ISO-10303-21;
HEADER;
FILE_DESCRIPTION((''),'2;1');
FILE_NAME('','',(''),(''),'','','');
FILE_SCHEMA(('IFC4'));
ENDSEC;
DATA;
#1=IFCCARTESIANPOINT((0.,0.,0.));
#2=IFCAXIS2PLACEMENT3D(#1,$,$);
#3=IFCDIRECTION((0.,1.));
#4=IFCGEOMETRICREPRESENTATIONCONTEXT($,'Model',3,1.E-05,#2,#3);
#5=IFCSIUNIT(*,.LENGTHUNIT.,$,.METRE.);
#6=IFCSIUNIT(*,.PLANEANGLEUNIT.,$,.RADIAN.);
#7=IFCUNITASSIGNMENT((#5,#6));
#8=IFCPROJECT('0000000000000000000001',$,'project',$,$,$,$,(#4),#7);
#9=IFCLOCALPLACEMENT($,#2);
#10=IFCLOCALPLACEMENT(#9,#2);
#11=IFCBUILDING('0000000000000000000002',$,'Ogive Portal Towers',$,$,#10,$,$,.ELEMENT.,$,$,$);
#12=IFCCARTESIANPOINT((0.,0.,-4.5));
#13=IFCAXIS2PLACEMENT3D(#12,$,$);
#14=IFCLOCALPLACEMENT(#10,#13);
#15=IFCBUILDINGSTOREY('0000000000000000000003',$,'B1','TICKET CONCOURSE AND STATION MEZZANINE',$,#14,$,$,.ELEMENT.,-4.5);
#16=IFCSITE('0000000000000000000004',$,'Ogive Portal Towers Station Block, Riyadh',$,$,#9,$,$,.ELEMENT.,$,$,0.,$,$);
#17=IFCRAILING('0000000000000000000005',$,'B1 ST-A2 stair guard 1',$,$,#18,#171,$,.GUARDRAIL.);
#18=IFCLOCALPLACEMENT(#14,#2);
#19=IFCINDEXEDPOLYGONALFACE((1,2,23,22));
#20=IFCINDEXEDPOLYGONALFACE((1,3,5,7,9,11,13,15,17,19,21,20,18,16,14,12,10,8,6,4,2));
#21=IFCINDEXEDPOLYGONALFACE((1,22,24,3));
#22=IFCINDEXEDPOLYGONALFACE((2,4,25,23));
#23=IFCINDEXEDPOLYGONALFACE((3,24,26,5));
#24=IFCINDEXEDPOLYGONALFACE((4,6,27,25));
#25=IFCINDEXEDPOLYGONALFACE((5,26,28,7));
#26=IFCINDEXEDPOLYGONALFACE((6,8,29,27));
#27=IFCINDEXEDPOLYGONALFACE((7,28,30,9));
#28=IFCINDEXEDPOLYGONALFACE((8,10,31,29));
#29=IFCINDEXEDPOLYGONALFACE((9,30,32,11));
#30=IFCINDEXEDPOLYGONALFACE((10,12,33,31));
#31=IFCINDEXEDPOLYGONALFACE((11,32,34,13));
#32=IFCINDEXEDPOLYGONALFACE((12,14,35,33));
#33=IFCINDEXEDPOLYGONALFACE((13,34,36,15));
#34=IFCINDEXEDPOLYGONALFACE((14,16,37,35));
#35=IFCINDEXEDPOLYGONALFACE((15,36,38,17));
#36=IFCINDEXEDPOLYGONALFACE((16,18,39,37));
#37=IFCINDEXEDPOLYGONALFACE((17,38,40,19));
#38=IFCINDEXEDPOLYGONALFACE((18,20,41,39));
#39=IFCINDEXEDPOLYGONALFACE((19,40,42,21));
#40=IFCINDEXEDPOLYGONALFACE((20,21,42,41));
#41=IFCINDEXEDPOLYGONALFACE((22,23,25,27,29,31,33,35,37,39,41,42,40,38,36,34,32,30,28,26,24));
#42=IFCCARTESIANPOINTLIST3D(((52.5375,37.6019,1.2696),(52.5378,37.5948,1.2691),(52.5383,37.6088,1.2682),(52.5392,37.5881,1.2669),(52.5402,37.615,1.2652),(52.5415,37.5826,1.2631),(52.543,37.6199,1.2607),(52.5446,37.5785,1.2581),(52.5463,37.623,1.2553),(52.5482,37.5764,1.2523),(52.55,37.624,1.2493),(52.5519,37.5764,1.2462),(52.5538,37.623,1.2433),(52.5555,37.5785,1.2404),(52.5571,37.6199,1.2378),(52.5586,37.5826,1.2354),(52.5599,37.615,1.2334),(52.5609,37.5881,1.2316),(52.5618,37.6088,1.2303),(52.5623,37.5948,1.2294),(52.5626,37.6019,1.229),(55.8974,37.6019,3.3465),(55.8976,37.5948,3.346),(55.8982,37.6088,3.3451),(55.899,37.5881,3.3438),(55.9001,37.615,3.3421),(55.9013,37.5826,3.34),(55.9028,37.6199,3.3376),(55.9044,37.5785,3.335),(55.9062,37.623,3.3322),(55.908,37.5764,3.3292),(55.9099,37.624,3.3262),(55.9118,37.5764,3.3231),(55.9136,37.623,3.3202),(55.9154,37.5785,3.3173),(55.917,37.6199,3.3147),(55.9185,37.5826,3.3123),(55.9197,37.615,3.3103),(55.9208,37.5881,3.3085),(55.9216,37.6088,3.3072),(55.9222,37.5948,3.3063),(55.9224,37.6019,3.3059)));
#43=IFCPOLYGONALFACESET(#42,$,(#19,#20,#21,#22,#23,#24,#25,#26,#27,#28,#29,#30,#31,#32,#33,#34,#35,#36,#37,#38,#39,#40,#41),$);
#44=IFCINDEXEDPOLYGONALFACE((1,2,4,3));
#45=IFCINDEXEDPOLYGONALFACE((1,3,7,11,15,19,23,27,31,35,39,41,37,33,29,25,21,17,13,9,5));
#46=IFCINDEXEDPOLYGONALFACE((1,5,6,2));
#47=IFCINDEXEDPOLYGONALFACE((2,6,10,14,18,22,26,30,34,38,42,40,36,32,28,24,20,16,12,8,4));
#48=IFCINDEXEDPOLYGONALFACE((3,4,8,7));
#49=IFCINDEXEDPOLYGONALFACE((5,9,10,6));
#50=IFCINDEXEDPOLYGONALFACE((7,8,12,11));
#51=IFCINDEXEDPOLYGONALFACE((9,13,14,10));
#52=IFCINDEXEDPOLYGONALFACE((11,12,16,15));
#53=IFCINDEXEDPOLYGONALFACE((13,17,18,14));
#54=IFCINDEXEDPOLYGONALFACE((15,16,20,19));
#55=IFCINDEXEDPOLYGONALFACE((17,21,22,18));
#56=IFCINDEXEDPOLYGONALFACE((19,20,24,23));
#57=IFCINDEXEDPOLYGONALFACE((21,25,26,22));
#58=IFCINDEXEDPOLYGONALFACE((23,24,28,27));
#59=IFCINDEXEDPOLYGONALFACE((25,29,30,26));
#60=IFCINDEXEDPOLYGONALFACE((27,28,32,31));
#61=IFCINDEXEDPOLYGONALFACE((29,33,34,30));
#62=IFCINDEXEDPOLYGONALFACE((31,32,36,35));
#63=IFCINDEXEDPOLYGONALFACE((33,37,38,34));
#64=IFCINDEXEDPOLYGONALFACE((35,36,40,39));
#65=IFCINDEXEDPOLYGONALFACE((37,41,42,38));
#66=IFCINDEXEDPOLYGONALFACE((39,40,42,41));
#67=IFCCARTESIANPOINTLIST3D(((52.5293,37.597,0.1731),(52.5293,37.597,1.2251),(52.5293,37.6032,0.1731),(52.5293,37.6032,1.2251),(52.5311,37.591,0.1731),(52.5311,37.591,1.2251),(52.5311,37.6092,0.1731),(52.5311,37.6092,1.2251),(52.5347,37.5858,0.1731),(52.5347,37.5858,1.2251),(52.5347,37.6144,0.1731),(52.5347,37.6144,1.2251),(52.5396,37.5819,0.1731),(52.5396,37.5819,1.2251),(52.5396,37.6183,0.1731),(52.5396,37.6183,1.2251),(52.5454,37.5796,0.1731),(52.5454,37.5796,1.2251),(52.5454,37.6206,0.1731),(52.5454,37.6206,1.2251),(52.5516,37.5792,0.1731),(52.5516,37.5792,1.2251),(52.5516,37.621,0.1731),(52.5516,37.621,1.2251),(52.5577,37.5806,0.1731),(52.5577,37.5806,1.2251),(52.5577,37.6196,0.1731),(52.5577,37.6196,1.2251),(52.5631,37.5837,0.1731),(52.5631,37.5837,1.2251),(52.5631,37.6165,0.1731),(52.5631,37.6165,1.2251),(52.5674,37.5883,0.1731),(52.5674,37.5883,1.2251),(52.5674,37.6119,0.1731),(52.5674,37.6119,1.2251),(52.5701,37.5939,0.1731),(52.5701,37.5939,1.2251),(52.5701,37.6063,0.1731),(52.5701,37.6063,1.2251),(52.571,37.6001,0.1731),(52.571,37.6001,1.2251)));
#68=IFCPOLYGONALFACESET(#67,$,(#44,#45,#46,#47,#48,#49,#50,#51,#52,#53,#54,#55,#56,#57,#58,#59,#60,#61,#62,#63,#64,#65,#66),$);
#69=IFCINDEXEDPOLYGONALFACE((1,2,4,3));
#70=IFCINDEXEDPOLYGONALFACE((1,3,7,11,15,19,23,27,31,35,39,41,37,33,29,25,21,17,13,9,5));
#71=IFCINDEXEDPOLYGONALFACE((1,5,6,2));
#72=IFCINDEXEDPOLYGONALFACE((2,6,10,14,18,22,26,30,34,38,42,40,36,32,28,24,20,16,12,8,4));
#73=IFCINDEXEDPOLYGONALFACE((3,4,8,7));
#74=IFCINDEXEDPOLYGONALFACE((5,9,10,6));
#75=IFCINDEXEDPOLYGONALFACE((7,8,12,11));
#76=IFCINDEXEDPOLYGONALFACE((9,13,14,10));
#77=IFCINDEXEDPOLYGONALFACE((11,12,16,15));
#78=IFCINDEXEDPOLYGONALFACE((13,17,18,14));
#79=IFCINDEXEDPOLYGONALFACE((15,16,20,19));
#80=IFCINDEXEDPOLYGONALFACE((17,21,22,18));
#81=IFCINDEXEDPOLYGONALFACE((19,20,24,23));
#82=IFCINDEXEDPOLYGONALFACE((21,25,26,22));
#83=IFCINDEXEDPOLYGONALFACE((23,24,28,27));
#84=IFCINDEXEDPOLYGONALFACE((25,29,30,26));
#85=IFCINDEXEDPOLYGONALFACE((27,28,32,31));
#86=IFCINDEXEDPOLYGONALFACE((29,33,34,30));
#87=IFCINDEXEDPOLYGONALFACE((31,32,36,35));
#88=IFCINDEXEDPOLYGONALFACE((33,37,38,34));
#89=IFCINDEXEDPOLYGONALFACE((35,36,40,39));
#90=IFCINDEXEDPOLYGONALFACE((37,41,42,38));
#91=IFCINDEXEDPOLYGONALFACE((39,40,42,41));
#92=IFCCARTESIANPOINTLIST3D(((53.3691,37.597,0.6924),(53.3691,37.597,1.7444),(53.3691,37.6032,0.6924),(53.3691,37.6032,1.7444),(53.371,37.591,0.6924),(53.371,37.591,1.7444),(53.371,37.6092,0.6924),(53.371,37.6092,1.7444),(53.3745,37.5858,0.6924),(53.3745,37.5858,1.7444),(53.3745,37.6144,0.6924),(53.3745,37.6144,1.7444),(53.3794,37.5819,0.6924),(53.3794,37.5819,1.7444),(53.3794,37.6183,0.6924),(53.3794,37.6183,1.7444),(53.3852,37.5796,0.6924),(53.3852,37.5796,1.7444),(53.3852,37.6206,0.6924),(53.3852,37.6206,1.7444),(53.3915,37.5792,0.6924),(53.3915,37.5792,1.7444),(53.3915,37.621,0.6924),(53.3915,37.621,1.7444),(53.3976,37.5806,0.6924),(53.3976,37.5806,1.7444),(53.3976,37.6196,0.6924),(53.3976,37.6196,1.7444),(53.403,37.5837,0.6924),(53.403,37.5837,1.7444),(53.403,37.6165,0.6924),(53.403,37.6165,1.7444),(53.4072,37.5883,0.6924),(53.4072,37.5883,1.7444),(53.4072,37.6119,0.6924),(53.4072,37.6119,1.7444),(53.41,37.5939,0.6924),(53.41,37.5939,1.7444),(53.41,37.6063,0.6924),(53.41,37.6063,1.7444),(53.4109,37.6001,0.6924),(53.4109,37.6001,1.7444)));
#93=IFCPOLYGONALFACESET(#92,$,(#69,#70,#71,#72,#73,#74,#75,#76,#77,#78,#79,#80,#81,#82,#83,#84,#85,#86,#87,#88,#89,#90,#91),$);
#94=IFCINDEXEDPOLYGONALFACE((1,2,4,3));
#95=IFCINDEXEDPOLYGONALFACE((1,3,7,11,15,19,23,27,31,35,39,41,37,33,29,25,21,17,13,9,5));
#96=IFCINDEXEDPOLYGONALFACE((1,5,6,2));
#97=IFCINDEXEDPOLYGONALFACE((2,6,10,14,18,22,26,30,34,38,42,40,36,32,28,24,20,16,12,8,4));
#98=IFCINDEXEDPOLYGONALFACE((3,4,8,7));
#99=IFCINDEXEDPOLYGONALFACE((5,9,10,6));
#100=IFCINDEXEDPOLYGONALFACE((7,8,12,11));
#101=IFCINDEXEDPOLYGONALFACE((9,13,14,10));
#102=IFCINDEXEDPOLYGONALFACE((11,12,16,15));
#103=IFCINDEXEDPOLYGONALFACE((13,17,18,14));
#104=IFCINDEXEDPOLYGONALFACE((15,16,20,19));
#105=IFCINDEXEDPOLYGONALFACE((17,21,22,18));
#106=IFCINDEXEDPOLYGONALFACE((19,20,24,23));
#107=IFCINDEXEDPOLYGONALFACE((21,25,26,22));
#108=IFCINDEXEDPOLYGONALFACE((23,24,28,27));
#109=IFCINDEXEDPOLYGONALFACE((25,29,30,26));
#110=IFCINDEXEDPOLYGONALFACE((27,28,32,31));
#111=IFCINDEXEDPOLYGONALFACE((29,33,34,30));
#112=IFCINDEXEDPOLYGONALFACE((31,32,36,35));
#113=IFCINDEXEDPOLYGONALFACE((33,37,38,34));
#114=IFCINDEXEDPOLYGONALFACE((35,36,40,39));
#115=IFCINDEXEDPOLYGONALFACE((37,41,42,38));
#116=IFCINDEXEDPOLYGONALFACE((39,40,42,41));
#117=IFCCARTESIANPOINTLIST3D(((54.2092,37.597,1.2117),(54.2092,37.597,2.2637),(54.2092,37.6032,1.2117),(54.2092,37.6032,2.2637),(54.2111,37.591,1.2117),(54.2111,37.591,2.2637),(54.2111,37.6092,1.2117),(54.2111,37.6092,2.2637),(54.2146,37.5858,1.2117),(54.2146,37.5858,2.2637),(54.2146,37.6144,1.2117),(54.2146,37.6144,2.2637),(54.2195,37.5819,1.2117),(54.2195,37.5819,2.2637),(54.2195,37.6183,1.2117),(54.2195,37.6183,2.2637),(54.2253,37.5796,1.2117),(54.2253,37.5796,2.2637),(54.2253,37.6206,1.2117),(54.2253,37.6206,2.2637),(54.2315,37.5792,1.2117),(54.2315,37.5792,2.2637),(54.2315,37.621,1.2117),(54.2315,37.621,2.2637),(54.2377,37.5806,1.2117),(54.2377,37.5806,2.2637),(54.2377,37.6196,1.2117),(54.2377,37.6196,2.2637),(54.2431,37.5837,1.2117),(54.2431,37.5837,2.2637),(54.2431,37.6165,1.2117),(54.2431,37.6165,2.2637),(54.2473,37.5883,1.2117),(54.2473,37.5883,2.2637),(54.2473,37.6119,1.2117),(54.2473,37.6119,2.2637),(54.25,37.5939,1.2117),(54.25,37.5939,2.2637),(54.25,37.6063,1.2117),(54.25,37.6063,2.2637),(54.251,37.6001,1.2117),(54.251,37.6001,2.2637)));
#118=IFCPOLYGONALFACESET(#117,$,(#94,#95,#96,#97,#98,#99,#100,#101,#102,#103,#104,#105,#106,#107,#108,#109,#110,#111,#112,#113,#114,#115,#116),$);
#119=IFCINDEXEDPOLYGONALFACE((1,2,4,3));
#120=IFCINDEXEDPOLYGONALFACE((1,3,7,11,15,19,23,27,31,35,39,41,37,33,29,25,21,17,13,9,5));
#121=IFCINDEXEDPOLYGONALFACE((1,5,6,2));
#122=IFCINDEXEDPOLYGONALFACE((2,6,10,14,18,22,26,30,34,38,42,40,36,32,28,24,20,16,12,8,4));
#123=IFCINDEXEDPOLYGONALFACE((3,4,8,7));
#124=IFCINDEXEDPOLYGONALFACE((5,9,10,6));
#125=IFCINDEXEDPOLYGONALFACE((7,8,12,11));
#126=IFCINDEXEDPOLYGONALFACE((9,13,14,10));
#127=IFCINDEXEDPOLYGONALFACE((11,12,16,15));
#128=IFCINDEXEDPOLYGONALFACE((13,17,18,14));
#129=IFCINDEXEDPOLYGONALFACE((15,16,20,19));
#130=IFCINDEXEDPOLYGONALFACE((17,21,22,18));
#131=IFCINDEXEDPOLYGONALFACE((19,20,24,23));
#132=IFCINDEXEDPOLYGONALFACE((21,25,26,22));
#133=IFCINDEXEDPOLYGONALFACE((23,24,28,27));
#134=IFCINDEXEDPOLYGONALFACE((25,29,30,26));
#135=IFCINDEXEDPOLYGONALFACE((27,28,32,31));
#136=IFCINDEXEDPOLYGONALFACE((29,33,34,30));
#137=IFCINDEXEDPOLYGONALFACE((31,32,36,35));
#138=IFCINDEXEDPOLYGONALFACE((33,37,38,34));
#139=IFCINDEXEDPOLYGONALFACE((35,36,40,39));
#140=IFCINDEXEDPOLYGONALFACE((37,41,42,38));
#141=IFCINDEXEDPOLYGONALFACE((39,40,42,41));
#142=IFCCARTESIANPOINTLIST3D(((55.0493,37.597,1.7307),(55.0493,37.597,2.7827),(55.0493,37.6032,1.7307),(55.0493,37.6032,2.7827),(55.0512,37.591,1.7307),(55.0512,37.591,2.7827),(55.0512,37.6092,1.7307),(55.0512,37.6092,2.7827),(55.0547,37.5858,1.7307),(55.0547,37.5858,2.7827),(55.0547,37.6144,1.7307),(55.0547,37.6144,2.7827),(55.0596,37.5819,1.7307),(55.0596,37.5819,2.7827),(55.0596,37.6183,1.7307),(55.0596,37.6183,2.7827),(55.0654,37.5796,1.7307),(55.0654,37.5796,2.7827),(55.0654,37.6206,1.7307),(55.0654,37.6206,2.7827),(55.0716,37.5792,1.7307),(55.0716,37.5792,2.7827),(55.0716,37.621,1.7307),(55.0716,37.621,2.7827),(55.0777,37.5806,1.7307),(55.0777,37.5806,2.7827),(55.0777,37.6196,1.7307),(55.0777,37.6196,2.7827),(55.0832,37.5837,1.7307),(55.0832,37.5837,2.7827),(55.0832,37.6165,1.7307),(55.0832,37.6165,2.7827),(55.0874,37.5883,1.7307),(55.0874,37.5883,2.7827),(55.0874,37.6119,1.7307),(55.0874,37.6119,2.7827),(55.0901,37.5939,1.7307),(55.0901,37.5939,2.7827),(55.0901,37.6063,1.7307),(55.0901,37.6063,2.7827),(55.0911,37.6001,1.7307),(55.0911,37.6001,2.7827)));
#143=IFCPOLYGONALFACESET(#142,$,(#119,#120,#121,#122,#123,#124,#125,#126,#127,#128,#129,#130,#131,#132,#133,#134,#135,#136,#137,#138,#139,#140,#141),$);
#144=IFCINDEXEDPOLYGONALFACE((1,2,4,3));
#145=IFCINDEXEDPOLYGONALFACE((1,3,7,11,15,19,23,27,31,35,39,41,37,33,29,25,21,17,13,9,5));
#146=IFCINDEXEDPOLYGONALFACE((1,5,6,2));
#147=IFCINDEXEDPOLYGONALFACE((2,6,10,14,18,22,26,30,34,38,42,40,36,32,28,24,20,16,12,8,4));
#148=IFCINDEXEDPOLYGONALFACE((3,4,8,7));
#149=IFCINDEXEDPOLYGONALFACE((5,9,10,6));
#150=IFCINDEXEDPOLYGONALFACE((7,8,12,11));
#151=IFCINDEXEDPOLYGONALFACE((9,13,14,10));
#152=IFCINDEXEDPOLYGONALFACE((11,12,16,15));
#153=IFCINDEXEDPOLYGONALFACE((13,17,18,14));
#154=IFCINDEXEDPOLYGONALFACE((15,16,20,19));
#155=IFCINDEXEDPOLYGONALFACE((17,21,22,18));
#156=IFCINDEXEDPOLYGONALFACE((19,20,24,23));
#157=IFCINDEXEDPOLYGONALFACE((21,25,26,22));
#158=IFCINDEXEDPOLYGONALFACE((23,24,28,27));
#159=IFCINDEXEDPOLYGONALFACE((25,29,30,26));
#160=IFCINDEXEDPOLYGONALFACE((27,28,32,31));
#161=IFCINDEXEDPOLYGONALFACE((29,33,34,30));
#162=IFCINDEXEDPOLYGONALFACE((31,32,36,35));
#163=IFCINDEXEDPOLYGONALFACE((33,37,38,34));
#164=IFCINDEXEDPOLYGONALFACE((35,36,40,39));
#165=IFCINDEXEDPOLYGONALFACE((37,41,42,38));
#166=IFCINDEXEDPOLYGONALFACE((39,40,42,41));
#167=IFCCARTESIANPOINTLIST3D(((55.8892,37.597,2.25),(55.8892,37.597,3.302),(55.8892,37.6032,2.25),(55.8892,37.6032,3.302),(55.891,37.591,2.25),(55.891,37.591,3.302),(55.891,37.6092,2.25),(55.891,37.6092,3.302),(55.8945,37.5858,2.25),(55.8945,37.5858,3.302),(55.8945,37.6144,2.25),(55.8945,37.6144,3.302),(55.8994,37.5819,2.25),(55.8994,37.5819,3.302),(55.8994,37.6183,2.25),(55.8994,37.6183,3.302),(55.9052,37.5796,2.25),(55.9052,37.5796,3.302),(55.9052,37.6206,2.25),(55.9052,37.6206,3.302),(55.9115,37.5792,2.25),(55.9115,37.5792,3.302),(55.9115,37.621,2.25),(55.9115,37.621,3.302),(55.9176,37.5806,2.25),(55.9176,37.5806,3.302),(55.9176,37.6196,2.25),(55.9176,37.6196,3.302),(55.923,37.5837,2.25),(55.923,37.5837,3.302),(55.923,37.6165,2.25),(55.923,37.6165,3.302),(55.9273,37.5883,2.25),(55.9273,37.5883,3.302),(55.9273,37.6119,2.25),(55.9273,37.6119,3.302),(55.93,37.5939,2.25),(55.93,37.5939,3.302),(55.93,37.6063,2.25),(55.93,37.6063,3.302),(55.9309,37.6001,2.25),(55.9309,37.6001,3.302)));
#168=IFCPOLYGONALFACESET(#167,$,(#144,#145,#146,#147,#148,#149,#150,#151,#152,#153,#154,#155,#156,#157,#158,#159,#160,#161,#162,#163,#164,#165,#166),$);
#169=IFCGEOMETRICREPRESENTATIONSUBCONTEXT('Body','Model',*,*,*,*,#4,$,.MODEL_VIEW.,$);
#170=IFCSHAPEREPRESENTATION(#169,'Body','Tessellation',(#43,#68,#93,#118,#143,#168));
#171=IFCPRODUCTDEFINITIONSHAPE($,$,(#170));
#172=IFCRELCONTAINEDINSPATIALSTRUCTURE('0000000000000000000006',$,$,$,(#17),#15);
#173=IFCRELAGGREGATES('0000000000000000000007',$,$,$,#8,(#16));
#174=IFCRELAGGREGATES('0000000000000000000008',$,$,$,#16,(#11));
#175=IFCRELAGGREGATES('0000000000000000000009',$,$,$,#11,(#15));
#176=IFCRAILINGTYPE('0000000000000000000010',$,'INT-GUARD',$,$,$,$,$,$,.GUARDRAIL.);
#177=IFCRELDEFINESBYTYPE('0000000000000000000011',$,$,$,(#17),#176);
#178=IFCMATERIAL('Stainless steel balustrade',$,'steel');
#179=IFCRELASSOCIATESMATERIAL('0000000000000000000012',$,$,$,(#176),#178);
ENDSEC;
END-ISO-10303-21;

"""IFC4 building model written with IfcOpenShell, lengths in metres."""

from ifc_helpers import new_model, si_unit, direction, frame, origin, origin_2d, place, context, subcontext, project, spatial, circle, extrude, material, type_object, element, save


model = new_model("IFC4")

# Units and contexts
model_context = context("Model", 3, precision=1e-05, world=origin(), true_north=direction((0.0, 1.0)))
body_context = subcontext(model_context, "Body", "Model", "MODEL_VIEW")
ifc_project = project(units=[si_unit("LENGTHUNIT", "METRE"), si_unit("PLANEANGLEUNIT", "RADIAN")], contexts=[model_context])

# Site, building, storey
site_placement = place(None, origin())
site = spatial("IfcSite", under=ifc_project, at=site_placement, Name="Ogive Portal Towers Station Block, Riyadh", CompositionType="ELEMENT", RefElevation=0.0)
building_placement = place(site_placement, origin())
building = spatial("IfcBuilding", under=site, at=building_placement, Name="Ogive Portal Towers", CompositionType="ELEMENT")
storey_placement = place(building_placement, frame((0.0, 0.0, -4.5)))
storey = spatial("IfcBuildingStorey", under=building, at=storey_placement, Name="B1", Description="TICKET CONCOURSE AND STATION MEZZANINE", CompositionType="ELEMENT", Elevation=-4.5)

# Railing
ifc_material_1 = material(Name="Stainless steel balustrade", Category="steel")
railing_type_1 = type_object("IfcRailingType", Name="INT-GUARD", PredefinedType="GUARDRAIL", material=ifc_material_1)
railing_1_placement = place(storey_placement, frame((52.55, 37.6001, 0.1731)))
element("IfcRailing", 1, at=railing_1_placement, inside=storey, type_object=railing_type_1, Name="B1 ST-A2 stair guard 1", PredefinedType="GUARDRAIL", context=body_context, shape_type="SweptSolid", body=[
    extrude(circle(Radius=0.0239, at=origin_2d()), frame((0.0, 0.0, 1.0762), z_axis=(0.850606, 0.0, 0.525803), x_axis=(0.0, 1.0, 0.0)), (0.0, 0.0, 1.0), 3.95),
    extrude(circle(Radius=0.021, at=origin_2d()), origin(), (0.0, 0.0, 1.0), 1.052),
    extrude(circle(Radius=0.021, at=origin_2d()), frame((0.8398, 0.0, 0.5193)), (0.0, 0.0, 1.0), 1.052),
    extrude(circle(Radius=0.021, at=origin_2d()), frame((1.6799, 0.0, 1.0386)), (0.0, 0.0, 1.0), 1.052),
    extrude(circle(Radius=0.021, at=origin_2d()), frame((2.52, 0.0, 1.5576)), (0.0, 0.0, 1.0), 1.052),
    extrude(circle(Radius=0.021, at=origin_2d()), frame((3.3599, 0.0, 2.0769)), (0.0, 0.0, 1.0), 1.052),
])

save(model, "model.ifc")
